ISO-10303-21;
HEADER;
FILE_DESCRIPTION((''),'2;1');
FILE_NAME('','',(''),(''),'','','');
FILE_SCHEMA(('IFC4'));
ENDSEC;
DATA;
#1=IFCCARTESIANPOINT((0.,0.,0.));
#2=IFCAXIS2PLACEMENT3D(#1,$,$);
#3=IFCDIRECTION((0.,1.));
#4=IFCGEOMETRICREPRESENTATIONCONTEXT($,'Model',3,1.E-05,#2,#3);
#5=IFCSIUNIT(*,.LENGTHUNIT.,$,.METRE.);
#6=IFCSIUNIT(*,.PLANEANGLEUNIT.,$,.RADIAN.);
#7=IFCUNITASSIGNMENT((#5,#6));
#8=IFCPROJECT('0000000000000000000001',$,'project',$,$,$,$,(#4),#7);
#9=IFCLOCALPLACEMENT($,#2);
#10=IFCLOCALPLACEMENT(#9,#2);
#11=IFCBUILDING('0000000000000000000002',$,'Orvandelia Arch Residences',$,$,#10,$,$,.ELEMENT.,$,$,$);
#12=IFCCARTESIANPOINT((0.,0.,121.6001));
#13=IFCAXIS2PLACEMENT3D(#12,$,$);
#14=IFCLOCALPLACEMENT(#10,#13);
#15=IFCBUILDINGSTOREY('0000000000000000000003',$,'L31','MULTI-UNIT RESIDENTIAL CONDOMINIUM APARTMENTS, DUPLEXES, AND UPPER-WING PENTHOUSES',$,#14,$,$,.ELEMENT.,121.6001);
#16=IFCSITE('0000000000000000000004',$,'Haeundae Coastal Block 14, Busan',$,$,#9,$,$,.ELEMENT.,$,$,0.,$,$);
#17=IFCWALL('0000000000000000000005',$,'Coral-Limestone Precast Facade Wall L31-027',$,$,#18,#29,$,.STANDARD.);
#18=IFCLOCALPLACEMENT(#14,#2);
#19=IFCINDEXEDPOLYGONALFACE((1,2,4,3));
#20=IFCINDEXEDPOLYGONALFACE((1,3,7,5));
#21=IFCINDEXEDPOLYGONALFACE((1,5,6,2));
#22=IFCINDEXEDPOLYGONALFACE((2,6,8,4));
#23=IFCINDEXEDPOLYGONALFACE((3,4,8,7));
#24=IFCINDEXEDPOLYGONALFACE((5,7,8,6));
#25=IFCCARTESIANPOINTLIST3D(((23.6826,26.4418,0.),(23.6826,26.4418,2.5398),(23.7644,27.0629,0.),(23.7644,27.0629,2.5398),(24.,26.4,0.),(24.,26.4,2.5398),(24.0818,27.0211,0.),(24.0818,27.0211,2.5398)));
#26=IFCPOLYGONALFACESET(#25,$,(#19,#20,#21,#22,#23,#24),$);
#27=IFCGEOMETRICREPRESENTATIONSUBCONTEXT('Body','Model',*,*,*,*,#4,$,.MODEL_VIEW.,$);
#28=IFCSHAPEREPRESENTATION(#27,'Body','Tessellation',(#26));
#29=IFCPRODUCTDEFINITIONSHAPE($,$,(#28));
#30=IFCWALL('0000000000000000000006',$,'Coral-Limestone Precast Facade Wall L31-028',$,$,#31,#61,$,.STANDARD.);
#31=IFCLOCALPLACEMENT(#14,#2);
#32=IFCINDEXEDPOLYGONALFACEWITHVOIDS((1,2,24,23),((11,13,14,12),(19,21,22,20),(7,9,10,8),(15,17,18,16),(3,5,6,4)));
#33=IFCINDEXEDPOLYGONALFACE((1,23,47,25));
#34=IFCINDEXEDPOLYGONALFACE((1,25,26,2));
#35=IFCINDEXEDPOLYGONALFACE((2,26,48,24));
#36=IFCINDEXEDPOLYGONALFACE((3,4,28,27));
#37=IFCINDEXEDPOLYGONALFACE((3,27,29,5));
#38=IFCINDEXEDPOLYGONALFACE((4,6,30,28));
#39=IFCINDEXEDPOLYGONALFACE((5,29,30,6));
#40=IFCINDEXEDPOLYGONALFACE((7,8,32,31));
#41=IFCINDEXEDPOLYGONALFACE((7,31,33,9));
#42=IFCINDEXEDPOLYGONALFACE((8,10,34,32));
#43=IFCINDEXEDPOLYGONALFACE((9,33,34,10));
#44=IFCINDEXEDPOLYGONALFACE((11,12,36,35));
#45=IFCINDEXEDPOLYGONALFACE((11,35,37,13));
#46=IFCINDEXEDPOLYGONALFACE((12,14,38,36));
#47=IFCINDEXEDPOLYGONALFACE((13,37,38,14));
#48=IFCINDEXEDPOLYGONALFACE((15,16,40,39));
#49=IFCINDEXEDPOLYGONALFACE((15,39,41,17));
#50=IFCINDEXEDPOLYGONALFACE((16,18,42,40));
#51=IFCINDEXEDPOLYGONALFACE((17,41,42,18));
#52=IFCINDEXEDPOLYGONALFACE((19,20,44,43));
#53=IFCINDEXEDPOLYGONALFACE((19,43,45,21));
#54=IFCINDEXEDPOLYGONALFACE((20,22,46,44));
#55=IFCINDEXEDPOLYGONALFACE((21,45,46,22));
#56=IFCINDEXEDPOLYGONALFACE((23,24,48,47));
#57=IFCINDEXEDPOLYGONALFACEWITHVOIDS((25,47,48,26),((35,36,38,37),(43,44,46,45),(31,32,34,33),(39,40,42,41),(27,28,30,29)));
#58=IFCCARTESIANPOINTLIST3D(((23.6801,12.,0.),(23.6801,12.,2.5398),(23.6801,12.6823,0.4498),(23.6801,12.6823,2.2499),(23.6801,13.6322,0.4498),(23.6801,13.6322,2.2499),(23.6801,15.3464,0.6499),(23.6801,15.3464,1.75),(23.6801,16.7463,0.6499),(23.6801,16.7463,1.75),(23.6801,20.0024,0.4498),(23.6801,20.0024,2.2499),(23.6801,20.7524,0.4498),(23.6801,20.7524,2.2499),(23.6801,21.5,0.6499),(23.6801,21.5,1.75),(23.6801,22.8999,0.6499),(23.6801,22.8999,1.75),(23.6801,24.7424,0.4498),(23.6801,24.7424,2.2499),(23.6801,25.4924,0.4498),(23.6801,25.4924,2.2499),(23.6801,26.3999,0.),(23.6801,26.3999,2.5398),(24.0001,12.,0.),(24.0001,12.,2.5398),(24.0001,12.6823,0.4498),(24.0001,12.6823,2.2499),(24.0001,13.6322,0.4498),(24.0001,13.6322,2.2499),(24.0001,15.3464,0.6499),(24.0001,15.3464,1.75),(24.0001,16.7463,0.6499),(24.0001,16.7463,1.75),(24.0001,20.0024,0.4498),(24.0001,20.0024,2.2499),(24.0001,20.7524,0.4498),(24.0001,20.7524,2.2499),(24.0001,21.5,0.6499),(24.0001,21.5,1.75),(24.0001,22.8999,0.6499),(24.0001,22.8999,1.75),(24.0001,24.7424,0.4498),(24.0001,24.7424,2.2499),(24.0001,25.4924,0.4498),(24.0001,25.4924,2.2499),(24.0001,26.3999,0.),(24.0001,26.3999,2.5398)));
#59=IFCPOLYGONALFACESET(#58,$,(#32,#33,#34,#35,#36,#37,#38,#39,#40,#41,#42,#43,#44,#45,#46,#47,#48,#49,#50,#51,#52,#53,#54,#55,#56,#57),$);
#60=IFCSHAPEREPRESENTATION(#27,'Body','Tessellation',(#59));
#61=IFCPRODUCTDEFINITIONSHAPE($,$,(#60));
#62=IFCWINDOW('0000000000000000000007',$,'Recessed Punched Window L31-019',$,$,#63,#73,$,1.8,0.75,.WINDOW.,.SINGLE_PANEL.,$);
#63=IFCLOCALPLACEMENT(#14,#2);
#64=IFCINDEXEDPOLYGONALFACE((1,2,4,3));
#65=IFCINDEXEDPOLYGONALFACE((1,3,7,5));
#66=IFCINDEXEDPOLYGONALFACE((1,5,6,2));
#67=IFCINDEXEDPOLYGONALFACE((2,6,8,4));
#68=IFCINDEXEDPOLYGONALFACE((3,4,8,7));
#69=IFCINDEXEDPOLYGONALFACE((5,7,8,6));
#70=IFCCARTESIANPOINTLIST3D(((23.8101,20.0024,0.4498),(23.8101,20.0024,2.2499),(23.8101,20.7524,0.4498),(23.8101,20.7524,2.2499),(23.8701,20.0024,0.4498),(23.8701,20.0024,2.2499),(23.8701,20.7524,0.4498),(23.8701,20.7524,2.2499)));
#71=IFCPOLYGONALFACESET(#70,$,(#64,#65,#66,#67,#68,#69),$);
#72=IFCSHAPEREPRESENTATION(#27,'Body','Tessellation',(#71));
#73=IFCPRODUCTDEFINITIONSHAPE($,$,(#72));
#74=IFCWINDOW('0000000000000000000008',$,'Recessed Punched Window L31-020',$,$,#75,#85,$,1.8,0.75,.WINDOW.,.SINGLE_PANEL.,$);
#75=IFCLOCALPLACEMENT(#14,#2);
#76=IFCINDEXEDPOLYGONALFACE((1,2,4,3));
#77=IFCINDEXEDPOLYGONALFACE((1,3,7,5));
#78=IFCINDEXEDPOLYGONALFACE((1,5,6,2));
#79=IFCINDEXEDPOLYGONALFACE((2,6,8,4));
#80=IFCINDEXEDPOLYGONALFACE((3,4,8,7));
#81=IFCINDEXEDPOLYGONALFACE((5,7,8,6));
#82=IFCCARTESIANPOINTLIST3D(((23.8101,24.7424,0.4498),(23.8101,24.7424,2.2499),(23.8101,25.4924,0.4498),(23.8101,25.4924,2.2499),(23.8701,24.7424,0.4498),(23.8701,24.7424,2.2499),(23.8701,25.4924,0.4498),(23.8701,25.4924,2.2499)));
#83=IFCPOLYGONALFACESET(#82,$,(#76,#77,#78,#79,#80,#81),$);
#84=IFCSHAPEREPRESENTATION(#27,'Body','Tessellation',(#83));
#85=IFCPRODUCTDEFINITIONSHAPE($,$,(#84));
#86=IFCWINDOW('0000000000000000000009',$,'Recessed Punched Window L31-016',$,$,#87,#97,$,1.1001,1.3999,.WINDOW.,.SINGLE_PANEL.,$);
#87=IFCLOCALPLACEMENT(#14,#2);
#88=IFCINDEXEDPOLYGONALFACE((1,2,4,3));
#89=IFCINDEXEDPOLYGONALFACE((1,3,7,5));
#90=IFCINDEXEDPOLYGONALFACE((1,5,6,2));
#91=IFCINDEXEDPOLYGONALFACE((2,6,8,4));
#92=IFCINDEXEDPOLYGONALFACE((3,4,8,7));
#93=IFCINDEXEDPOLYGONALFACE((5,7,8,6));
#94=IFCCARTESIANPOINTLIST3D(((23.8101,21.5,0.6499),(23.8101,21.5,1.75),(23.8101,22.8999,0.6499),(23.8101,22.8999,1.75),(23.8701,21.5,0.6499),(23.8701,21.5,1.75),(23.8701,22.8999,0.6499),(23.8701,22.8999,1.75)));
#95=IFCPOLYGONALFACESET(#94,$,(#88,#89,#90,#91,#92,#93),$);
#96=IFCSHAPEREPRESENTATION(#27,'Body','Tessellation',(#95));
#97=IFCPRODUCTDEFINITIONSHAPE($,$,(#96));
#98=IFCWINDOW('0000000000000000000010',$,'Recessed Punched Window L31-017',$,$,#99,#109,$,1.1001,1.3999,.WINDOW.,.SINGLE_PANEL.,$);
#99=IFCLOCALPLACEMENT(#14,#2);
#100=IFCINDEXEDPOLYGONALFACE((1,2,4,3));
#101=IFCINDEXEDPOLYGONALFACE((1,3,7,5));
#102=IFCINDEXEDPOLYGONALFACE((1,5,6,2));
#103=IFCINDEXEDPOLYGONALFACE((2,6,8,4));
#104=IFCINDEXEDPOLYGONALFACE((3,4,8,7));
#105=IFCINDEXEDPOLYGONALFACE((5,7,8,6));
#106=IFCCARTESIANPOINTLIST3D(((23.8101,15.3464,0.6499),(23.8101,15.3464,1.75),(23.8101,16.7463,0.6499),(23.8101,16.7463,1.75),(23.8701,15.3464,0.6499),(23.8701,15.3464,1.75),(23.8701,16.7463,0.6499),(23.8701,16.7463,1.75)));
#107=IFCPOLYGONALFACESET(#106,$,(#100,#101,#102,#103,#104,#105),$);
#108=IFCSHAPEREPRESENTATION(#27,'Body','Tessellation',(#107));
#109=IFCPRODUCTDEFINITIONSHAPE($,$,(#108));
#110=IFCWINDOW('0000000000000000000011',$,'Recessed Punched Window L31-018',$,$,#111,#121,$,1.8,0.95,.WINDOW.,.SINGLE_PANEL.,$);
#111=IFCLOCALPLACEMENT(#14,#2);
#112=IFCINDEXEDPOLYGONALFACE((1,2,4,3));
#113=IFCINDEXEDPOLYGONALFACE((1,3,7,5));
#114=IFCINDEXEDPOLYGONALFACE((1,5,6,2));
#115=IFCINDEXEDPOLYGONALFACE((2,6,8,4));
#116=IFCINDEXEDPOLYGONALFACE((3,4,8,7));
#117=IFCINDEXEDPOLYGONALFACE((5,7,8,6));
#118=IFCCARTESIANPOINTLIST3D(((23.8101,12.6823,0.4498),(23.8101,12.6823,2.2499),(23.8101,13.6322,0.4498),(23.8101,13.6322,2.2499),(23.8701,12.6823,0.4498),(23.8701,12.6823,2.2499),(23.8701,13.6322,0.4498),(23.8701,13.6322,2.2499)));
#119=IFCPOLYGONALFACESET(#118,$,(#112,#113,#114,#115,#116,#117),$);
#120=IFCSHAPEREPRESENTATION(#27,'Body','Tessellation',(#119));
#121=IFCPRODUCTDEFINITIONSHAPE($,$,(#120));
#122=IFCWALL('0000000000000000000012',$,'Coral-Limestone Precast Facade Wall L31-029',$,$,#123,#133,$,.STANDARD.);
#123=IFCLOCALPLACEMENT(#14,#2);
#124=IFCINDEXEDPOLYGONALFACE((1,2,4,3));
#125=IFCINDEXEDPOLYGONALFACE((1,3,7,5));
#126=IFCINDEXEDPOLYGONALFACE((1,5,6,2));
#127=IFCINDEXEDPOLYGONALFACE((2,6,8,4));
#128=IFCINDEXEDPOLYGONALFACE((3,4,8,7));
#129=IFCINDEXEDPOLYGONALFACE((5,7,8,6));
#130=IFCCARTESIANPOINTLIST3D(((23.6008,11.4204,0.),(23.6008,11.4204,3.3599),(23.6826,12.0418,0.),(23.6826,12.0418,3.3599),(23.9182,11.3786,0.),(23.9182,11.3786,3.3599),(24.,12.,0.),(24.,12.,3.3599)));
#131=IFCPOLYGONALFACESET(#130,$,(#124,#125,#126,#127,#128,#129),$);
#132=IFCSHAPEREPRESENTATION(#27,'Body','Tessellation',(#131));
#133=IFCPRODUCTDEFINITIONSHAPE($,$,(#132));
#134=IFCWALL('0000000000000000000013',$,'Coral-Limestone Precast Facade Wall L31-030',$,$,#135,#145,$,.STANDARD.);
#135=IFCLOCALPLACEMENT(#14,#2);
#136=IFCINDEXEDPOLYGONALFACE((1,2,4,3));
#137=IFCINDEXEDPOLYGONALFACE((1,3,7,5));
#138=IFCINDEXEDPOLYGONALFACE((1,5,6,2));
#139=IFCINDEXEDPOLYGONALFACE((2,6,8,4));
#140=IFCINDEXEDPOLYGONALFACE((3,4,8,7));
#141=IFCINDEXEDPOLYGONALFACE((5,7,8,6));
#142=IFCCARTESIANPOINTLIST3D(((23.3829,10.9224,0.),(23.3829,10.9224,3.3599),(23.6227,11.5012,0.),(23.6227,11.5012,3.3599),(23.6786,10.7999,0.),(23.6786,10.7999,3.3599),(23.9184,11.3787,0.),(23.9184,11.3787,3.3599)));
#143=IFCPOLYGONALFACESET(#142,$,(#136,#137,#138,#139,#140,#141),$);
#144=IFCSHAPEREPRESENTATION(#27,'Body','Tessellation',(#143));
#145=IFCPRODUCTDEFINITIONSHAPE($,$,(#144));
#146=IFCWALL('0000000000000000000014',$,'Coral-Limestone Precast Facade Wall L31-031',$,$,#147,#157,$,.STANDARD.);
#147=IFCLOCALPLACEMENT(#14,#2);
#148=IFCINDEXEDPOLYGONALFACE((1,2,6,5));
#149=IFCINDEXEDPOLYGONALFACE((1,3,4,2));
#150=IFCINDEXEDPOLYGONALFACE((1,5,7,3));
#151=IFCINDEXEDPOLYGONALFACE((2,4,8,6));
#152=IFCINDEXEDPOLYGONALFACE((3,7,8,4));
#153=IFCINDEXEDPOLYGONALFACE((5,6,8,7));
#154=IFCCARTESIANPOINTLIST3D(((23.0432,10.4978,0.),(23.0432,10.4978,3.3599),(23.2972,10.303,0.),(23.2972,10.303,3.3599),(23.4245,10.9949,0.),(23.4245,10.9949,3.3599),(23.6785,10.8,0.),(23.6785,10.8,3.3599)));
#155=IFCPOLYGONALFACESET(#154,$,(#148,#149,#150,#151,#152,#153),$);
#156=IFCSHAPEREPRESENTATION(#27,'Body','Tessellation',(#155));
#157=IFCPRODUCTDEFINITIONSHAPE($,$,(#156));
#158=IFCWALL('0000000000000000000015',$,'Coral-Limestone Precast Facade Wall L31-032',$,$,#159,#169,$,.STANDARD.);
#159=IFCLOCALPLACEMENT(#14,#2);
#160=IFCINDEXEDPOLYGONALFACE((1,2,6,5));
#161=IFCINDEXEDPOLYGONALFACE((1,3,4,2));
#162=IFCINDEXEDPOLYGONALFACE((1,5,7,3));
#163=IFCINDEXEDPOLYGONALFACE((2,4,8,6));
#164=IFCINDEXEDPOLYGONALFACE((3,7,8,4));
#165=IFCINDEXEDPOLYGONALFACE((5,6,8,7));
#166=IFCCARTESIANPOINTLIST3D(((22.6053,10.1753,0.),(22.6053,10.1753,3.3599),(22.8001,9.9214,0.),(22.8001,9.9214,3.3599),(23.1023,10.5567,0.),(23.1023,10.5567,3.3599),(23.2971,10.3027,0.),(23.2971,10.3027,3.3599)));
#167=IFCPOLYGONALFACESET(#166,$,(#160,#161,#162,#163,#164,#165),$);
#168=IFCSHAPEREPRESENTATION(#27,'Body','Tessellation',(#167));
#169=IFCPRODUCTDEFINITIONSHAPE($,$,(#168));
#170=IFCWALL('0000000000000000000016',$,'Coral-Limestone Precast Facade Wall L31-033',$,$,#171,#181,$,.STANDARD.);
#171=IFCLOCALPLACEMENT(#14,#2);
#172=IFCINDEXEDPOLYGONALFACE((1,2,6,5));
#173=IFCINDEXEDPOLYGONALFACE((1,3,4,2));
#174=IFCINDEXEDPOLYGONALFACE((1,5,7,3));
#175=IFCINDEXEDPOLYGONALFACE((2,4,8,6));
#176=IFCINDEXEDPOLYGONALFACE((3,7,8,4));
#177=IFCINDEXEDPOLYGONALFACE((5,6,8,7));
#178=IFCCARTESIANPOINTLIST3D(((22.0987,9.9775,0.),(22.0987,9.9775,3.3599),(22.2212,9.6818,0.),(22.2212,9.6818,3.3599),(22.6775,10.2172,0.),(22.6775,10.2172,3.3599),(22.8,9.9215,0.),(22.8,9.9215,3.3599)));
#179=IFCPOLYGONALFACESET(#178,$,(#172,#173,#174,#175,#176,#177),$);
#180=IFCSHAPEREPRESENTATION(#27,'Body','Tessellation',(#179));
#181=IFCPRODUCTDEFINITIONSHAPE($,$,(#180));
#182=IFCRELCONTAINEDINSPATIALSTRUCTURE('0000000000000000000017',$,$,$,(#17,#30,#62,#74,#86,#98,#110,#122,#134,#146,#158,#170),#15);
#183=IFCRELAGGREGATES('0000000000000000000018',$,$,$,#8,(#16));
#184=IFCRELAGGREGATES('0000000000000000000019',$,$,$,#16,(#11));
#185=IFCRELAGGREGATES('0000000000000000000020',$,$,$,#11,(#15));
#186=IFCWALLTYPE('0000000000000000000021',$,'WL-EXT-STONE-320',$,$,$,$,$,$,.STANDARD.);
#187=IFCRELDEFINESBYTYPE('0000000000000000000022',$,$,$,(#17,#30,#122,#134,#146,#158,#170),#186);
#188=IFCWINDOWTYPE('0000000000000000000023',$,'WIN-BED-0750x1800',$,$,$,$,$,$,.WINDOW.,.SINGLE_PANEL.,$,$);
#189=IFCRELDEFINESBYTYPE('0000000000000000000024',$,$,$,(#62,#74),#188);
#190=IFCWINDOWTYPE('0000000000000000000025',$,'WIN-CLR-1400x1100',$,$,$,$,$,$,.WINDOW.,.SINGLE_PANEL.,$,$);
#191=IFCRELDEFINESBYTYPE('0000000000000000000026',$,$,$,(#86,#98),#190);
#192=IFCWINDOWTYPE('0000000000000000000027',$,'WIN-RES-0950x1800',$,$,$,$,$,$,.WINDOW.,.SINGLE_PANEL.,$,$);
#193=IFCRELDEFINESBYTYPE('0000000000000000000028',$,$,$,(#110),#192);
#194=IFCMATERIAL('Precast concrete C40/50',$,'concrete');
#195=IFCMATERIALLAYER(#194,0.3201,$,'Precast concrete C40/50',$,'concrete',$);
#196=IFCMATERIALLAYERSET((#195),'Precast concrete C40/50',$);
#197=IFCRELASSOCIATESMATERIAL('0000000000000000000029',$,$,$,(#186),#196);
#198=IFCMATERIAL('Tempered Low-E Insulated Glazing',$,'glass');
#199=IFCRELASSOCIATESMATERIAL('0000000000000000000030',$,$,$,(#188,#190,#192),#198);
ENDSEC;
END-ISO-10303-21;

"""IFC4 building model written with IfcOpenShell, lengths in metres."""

from ifc_helpers import new_model, si_unit, direction, frame, frame_2d, origin, place, context, subcontext, project, spatial, rectangle, extrude, material, layer, layer_set, type_object, element, fill, save


model = new_model("IFC4")

# Units and contexts
model_context = context("Model", 3, precision=1e-05, world=origin(), true_north=direction((0.0, 1.0)))
body_context = subcontext(model_context, "Body", "Model", "MODEL_VIEW")
ifc_project = project(units=[si_unit("LENGTHUNIT", "METRE"), si_unit("PLANEANGLEUNIT", "RADIAN")], contexts=[model_context])

# Site, building, storey
site_placement = place(None, origin())
site = spatial("IfcSite", under=ifc_project, at=site_placement, Name="Haeundae Coastal Block 14, Busan", CompositionType="ELEMENT", RefElevation=0.0)
building_placement = place(site_placement, origin())
building = spatial("IfcBuilding", under=site, at=building_placement, Name="Orvandelia Arch Residences", CompositionType="ELEMENT")
storey_placement = place(building_placement, frame((0.0, 0.0, 121.6001)))
storey = spatial("IfcBuildingStorey", under=building, at=storey_placement, Name="L31", Description="MULTI-UNIT RESIDENTIAL CONDOMINIUM APARTMENTS, DUPLEXES, AND UPPER-WING PENTHOUSES", CompositionType="ELEMENT", Elevation=121.6001)

# Wall
ifc_material_1 = material(Name="Precast concrete C40/50", Category="concrete")
ifc_layer = layer(ifc_material_1, 0.3201, Name="Precast concrete C40/50", Category="concrete")
ifc_layer_set = layer_set([ifc_layer], Name="Precast concrete C40/50")
wall_type = type_object("IfcWallType", Name="WL-EXT-STONE-320", PredefinedType="STANDARD", material=ifc_layer_set)
wall_1_placement = place(storey_placement, frame((23.9231, 27.042, 0.0), z_axis=(0.0, 0.0, 1.0), x_axis=(-0.130555, -0.991441, 0.0)))
element("IfcWall", 1, at=wall_1_placement, inside=storey, type_object=wall_type, Name="Coral-Limestone Precast Facade Wall L31-027", PredefinedType="STANDARD", context=body_context, shape_type="SweptSolid", body=[
    extrude(rectangle(XDim=0.6265, YDim=0.3201, at=frame_2d((0.3132, 0.0))), origin(), (0.0, 0.0, 1.0), 2.5398),
])

# Wall, openings, windows
wall_2_placement = place(storey_placement, frame((23.8401, 26.3999, 0.0), z_axis=(0.0, 0.0, 1.0), x_axis=(0.0, -1.0, 0.0)))
wall_2 = element("IfcWall", 2, at=wall_2_placement, inside=storey, type_object=wall_type, Name="Coral-Limestone Precast Facade Wall L31-028", PredefinedType="STANDARD", context=body_context, shape_type="SweptSolid", body=[
    extrude(rectangle(XDim=14.3999, YDim=0.3201, at=frame_2d((7.2, 0.0))), origin(), (0.0, 0.0, 1.0), 2.5398),
])
opening_1_placement = place(wall_2_placement, frame((3.5, 0.0, 0.6499)))
opening_1 = element("IfcOpeningElement", 3, at=opening_1_placement, cuts=wall_2, PredefinedType="OPENING", context=body_context, shape_type="SweptSolid", body=[
    extrude(rectangle(XDim=1.3999, YDim=1.1001, at=frame_2d((0.7, 0.55))), frame((0.0, 0.1699, 0.0), z_axis=(0.0, -1.0, 0.0), x_axis=(1.0, 0.0, 0.0)), (0.0, 0.0, 1.0), 0.3401),
])
opening_2_placement = place(wall_2_placement, frame((9.6536, 0.0, 0.6499)))
opening_2 = element("IfcOpeningElement", 4, at=opening_2_placement, cuts=wall_2, PredefinedType="OPENING", context=body_context, shape_type="SweptSolid", body=[
    extrude(rectangle(XDim=1.3999, YDim=1.1001, at=frame_2d((0.7, 0.55))), frame((0.0, 0.1699, 0.0), z_axis=(0.0, -1.0, 0.0), x_axis=(1.0, 0.0, 0.0)), (0.0, 0.0, 1.0), 0.3401),
])
opening_3_placement = place(wall_2_placement, frame((12.7676, 0.0, 0.45)))
opening_3 = element("IfcOpeningElement", 5, at=opening_3_placement, cuts=wall_2, PredefinedType="OPENING", context=body_context, shape_type="SweptSolid", body=[
    extrude(rectangle(XDim=0.95, YDim=1.8, at=frame_2d((0.4751, 0.8999))), frame((0.0, 0.1699, 0.0), z_axis=(0.0, -1.0, 0.0), x_axis=(1.0, 0.0, 0.0)), (0.0, 0.0, 1.0), 0.3401),
])
opening_4_placement = place(wall_2_placement, frame((5.6475, 0.0, 0.45)))
opening_4 = element("IfcOpeningElement", 6, at=opening_4_placement, cuts=wall_2, PredefinedType="OPENING", context=body_context, shape_type="SweptSolid", body=[
    extrude(rectangle(XDim=0.75, YDim=1.8, at=frame_2d((0.375, 0.8999))), frame((0.0, 0.1699, 0.0), z_axis=(0.0, -1.0, 0.0), x_axis=(1.0, 0.0, 0.0)), (0.0, 0.0, 1.0), 0.3401),
])
opening_5_placement = place(wall_2_placement, frame((0.9075, 0.0, 0.45)))
opening_5 = element("IfcOpeningElement", 7, at=opening_5_placement, cuts=wall_2, PredefinedType="OPENING", context=body_context, shape_type="SweptSolid", body=[
    extrude(rectangle(XDim=0.75, YDim=1.8, at=frame_2d((0.375, 0.8999))), frame((0.0, 0.1699, 0.0), z_axis=(0.0, -1.0, 0.0), x_axis=(1.0, 0.0, 0.0)), (0.0, 0.0, 1.0), 0.3401),
])
ifc_material_2 = material(Name="Tempered Low-E Insulated Glazing", Category="glass")
window_type_1 = type_object("IfcWindowType", Name="WIN-BED-0750x1800", PartitioningType="SINGLE_PANEL", PredefinedType="WINDOW", material=ifc_material_2)
window_1_placement = place(opening_4_placement, origin())
window_1 = element("IfcWindow", 8, at=window_1_placement, inside=storey, type_object=window_type_1, Name="Recessed Punched Window L31-019", OverallHeight=1.8, OverallWidth=0.75, PartitioningType="SINGLE_PANEL", PredefinedType="WINDOW", context=body_context, shape_type="SweptSolid", body=[
    extrude(rectangle(XDim=0.75, YDim=1.8, at=frame_2d((0.375, 0.8999))), frame((0.0, 0.03, 0.0), z_axis=(0.0, -1.0, 0.0), x_axis=(1.0, 0.0, 0.0)), (0.0, 0.0, 1.0), 0.0601),
])
fill(opening_4, window_1)
window_2_placement = place(opening_5_placement, origin())
window_2 = element("IfcWindow", 9, at=window_2_placement, inside=storey, type_object=window_type_1, Name="Recessed Punched Window L31-020", OverallHeight=1.8, OverallWidth=0.75, PartitioningType="SINGLE_PANEL", PredefinedType="WINDOW", context=body_context, shape_type="SweptSolid", body=[
    extrude(rectangle(XDim=0.75, YDim=1.8, at=frame_2d((0.375, 0.8999))), frame((0.0, 0.03, 0.0), z_axis=(0.0, -1.0, 0.0), x_axis=(1.0, 0.0, 0.0)), (0.0, 0.0, 1.0), 0.0601),
])
fill(opening_5, window_2)
window_type_2 = type_object("IfcWindowType", Name="WIN-CLR-1400x1100", PartitioningType="SINGLE_PANEL", PredefinedType="WINDOW", material=ifc_material_2)
window_3_placement = place(opening_1_placement, origin())
window_3 = element("IfcWindow", 10, at=window_3_placement, inside=storey, type_object=window_type_2, Name="Recessed Punched Window L31-016", OverallHeight=1.1001, OverallWidth=1.3999, PartitioningType="SINGLE_PANEL", PredefinedType="WINDOW", context=body_context, shape_type="SweptSolid", body=[
    extrude(rectangle(XDim=1.3999, YDim=1.1001, at=frame_2d((0.7, 0.55))), frame((0.0, 0.03, 0.0), z_axis=(0.0, -1.0, 0.0), x_axis=(1.0, 0.0, 0.0)), (0.0, 0.0, 1.0), 0.0601),
])
fill(opening_1, window_3)
window_4_placement = place(opening_2_placement, origin())
window_4 = element("IfcWindow", 11, at=window_4_placement, inside=storey, type_object=window_type_2, Name="Recessed Punched Window L31-017", OverallHeight=1.1001, OverallWidth=1.3999, PartitioningType="SINGLE_PANEL", PredefinedType="WINDOW", context=body_context, shape_type="SweptSolid", body=[
    extrude(rectangle(XDim=1.3999, YDim=1.1001, at=frame_2d((0.7, 0.55))), frame((0.0, 0.03, 0.0), z_axis=(0.0, -1.0, 0.0), x_axis=(1.0, 0.0, 0.0)), (0.0, 0.0, 1.0), 0.0601),
])
fill(opening_2, window_4)
window_type_3 = type_object("IfcWindowType", Name="WIN-RES-0950x1800", PartitioningType="SINGLE_PANEL", PredefinedType="WINDOW", material=ifc_material_2)
window_5_placement = place(opening_3_placement, origin())
window_5 = element("IfcWindow", 12, at=window_5_placement, inside=storey, type_object=window_type_3, Name="Recessed Punched Window L31-018", OverallHeight=1.8, OverallWidth=0.95, PartitioningType="SINGLE_PANEL", PredefinedType="WINDOW", context=body_context, shape_type="SweptSolid", body=[
    extrude(rectangle(XDim=0.95, YDim=1.8, at=frame_2d((0.4751, 0.8999))), frame((0.0, 0.03, 0.0), z_axis=(0.0, -1.0, 0.0), x_axis=(1.0, 0.0, 0.0)), (0.0, 0.0, 1.0), 0.0601),
])
fill(opening_3, window_5)

# Walls
wall_3_placement = place(storey_placement, frame((23.8413, 12.021, 0.0), z_axis=(0.0, 0.0, 1.0), x_axis=(-0.130505, -0.991448, 0.0)))
element("IfcWall", 13, at=wall_3_placement, inside=storey, type_object=wall_type, Name="Coral-Limestone Precast Facade Wall L31-029", PredefinedType="STANDARD", context=body_context, shape_type="SweptSolid", body=[
    extrude(rectangle(XDim=0.6267, YDim=0.3201, at=frame_2d((0.3135, 0.0))), origin(), (0.0, 0.0, 1.0), 3.3599),
])
for number, where, z_axis, x_axis, name in (
    (14, (23.7705, 11.4399, 0.0), (0.0, 0.0, 1.0), (-0.38265, -0.923893, 0.0), "Coral-Limestone Precast Facade Wall L31-030"),
    (15, (23.5515, 10.8975, 0.0), (0.0, 0.0, 1.0), (-0.608693, -0.793406, 0.0), "Coral-Limestone Precast Facade Wall L31-031"),
    (16, (23.1997, 10.4297, 0.0), (0.0, 0.0, 1.0), (-0.793406, -0.608693, 0.0), "Coral-Limestone Precast Facade Wall L31-032"),
    (17, (22.7388, 10.0693, 0.0), (0.0, 0.0, 1.0), (-0.923893, -0.38265, 0.0), "Coral-Limestone Precast Facade Wall L31-033"),
):
    element("IfcWall", number, at=place(storey_placement, frame(where, z_axis=z_axis, x_axis=x_axis)), inside=storey, type_object=wall_type, Name=name, PredefinedType="STANDARD", context=body_context, shape_type="SweptSolid", body=[
        extrude(rectangle(XDim=0.6265, YDim=0.3201, at=frame_2d((0.3132, 0.0))), origin(), (0.0, 0.0, 1.0), 3.3599),
    ])

save(model, "model.ifc")
